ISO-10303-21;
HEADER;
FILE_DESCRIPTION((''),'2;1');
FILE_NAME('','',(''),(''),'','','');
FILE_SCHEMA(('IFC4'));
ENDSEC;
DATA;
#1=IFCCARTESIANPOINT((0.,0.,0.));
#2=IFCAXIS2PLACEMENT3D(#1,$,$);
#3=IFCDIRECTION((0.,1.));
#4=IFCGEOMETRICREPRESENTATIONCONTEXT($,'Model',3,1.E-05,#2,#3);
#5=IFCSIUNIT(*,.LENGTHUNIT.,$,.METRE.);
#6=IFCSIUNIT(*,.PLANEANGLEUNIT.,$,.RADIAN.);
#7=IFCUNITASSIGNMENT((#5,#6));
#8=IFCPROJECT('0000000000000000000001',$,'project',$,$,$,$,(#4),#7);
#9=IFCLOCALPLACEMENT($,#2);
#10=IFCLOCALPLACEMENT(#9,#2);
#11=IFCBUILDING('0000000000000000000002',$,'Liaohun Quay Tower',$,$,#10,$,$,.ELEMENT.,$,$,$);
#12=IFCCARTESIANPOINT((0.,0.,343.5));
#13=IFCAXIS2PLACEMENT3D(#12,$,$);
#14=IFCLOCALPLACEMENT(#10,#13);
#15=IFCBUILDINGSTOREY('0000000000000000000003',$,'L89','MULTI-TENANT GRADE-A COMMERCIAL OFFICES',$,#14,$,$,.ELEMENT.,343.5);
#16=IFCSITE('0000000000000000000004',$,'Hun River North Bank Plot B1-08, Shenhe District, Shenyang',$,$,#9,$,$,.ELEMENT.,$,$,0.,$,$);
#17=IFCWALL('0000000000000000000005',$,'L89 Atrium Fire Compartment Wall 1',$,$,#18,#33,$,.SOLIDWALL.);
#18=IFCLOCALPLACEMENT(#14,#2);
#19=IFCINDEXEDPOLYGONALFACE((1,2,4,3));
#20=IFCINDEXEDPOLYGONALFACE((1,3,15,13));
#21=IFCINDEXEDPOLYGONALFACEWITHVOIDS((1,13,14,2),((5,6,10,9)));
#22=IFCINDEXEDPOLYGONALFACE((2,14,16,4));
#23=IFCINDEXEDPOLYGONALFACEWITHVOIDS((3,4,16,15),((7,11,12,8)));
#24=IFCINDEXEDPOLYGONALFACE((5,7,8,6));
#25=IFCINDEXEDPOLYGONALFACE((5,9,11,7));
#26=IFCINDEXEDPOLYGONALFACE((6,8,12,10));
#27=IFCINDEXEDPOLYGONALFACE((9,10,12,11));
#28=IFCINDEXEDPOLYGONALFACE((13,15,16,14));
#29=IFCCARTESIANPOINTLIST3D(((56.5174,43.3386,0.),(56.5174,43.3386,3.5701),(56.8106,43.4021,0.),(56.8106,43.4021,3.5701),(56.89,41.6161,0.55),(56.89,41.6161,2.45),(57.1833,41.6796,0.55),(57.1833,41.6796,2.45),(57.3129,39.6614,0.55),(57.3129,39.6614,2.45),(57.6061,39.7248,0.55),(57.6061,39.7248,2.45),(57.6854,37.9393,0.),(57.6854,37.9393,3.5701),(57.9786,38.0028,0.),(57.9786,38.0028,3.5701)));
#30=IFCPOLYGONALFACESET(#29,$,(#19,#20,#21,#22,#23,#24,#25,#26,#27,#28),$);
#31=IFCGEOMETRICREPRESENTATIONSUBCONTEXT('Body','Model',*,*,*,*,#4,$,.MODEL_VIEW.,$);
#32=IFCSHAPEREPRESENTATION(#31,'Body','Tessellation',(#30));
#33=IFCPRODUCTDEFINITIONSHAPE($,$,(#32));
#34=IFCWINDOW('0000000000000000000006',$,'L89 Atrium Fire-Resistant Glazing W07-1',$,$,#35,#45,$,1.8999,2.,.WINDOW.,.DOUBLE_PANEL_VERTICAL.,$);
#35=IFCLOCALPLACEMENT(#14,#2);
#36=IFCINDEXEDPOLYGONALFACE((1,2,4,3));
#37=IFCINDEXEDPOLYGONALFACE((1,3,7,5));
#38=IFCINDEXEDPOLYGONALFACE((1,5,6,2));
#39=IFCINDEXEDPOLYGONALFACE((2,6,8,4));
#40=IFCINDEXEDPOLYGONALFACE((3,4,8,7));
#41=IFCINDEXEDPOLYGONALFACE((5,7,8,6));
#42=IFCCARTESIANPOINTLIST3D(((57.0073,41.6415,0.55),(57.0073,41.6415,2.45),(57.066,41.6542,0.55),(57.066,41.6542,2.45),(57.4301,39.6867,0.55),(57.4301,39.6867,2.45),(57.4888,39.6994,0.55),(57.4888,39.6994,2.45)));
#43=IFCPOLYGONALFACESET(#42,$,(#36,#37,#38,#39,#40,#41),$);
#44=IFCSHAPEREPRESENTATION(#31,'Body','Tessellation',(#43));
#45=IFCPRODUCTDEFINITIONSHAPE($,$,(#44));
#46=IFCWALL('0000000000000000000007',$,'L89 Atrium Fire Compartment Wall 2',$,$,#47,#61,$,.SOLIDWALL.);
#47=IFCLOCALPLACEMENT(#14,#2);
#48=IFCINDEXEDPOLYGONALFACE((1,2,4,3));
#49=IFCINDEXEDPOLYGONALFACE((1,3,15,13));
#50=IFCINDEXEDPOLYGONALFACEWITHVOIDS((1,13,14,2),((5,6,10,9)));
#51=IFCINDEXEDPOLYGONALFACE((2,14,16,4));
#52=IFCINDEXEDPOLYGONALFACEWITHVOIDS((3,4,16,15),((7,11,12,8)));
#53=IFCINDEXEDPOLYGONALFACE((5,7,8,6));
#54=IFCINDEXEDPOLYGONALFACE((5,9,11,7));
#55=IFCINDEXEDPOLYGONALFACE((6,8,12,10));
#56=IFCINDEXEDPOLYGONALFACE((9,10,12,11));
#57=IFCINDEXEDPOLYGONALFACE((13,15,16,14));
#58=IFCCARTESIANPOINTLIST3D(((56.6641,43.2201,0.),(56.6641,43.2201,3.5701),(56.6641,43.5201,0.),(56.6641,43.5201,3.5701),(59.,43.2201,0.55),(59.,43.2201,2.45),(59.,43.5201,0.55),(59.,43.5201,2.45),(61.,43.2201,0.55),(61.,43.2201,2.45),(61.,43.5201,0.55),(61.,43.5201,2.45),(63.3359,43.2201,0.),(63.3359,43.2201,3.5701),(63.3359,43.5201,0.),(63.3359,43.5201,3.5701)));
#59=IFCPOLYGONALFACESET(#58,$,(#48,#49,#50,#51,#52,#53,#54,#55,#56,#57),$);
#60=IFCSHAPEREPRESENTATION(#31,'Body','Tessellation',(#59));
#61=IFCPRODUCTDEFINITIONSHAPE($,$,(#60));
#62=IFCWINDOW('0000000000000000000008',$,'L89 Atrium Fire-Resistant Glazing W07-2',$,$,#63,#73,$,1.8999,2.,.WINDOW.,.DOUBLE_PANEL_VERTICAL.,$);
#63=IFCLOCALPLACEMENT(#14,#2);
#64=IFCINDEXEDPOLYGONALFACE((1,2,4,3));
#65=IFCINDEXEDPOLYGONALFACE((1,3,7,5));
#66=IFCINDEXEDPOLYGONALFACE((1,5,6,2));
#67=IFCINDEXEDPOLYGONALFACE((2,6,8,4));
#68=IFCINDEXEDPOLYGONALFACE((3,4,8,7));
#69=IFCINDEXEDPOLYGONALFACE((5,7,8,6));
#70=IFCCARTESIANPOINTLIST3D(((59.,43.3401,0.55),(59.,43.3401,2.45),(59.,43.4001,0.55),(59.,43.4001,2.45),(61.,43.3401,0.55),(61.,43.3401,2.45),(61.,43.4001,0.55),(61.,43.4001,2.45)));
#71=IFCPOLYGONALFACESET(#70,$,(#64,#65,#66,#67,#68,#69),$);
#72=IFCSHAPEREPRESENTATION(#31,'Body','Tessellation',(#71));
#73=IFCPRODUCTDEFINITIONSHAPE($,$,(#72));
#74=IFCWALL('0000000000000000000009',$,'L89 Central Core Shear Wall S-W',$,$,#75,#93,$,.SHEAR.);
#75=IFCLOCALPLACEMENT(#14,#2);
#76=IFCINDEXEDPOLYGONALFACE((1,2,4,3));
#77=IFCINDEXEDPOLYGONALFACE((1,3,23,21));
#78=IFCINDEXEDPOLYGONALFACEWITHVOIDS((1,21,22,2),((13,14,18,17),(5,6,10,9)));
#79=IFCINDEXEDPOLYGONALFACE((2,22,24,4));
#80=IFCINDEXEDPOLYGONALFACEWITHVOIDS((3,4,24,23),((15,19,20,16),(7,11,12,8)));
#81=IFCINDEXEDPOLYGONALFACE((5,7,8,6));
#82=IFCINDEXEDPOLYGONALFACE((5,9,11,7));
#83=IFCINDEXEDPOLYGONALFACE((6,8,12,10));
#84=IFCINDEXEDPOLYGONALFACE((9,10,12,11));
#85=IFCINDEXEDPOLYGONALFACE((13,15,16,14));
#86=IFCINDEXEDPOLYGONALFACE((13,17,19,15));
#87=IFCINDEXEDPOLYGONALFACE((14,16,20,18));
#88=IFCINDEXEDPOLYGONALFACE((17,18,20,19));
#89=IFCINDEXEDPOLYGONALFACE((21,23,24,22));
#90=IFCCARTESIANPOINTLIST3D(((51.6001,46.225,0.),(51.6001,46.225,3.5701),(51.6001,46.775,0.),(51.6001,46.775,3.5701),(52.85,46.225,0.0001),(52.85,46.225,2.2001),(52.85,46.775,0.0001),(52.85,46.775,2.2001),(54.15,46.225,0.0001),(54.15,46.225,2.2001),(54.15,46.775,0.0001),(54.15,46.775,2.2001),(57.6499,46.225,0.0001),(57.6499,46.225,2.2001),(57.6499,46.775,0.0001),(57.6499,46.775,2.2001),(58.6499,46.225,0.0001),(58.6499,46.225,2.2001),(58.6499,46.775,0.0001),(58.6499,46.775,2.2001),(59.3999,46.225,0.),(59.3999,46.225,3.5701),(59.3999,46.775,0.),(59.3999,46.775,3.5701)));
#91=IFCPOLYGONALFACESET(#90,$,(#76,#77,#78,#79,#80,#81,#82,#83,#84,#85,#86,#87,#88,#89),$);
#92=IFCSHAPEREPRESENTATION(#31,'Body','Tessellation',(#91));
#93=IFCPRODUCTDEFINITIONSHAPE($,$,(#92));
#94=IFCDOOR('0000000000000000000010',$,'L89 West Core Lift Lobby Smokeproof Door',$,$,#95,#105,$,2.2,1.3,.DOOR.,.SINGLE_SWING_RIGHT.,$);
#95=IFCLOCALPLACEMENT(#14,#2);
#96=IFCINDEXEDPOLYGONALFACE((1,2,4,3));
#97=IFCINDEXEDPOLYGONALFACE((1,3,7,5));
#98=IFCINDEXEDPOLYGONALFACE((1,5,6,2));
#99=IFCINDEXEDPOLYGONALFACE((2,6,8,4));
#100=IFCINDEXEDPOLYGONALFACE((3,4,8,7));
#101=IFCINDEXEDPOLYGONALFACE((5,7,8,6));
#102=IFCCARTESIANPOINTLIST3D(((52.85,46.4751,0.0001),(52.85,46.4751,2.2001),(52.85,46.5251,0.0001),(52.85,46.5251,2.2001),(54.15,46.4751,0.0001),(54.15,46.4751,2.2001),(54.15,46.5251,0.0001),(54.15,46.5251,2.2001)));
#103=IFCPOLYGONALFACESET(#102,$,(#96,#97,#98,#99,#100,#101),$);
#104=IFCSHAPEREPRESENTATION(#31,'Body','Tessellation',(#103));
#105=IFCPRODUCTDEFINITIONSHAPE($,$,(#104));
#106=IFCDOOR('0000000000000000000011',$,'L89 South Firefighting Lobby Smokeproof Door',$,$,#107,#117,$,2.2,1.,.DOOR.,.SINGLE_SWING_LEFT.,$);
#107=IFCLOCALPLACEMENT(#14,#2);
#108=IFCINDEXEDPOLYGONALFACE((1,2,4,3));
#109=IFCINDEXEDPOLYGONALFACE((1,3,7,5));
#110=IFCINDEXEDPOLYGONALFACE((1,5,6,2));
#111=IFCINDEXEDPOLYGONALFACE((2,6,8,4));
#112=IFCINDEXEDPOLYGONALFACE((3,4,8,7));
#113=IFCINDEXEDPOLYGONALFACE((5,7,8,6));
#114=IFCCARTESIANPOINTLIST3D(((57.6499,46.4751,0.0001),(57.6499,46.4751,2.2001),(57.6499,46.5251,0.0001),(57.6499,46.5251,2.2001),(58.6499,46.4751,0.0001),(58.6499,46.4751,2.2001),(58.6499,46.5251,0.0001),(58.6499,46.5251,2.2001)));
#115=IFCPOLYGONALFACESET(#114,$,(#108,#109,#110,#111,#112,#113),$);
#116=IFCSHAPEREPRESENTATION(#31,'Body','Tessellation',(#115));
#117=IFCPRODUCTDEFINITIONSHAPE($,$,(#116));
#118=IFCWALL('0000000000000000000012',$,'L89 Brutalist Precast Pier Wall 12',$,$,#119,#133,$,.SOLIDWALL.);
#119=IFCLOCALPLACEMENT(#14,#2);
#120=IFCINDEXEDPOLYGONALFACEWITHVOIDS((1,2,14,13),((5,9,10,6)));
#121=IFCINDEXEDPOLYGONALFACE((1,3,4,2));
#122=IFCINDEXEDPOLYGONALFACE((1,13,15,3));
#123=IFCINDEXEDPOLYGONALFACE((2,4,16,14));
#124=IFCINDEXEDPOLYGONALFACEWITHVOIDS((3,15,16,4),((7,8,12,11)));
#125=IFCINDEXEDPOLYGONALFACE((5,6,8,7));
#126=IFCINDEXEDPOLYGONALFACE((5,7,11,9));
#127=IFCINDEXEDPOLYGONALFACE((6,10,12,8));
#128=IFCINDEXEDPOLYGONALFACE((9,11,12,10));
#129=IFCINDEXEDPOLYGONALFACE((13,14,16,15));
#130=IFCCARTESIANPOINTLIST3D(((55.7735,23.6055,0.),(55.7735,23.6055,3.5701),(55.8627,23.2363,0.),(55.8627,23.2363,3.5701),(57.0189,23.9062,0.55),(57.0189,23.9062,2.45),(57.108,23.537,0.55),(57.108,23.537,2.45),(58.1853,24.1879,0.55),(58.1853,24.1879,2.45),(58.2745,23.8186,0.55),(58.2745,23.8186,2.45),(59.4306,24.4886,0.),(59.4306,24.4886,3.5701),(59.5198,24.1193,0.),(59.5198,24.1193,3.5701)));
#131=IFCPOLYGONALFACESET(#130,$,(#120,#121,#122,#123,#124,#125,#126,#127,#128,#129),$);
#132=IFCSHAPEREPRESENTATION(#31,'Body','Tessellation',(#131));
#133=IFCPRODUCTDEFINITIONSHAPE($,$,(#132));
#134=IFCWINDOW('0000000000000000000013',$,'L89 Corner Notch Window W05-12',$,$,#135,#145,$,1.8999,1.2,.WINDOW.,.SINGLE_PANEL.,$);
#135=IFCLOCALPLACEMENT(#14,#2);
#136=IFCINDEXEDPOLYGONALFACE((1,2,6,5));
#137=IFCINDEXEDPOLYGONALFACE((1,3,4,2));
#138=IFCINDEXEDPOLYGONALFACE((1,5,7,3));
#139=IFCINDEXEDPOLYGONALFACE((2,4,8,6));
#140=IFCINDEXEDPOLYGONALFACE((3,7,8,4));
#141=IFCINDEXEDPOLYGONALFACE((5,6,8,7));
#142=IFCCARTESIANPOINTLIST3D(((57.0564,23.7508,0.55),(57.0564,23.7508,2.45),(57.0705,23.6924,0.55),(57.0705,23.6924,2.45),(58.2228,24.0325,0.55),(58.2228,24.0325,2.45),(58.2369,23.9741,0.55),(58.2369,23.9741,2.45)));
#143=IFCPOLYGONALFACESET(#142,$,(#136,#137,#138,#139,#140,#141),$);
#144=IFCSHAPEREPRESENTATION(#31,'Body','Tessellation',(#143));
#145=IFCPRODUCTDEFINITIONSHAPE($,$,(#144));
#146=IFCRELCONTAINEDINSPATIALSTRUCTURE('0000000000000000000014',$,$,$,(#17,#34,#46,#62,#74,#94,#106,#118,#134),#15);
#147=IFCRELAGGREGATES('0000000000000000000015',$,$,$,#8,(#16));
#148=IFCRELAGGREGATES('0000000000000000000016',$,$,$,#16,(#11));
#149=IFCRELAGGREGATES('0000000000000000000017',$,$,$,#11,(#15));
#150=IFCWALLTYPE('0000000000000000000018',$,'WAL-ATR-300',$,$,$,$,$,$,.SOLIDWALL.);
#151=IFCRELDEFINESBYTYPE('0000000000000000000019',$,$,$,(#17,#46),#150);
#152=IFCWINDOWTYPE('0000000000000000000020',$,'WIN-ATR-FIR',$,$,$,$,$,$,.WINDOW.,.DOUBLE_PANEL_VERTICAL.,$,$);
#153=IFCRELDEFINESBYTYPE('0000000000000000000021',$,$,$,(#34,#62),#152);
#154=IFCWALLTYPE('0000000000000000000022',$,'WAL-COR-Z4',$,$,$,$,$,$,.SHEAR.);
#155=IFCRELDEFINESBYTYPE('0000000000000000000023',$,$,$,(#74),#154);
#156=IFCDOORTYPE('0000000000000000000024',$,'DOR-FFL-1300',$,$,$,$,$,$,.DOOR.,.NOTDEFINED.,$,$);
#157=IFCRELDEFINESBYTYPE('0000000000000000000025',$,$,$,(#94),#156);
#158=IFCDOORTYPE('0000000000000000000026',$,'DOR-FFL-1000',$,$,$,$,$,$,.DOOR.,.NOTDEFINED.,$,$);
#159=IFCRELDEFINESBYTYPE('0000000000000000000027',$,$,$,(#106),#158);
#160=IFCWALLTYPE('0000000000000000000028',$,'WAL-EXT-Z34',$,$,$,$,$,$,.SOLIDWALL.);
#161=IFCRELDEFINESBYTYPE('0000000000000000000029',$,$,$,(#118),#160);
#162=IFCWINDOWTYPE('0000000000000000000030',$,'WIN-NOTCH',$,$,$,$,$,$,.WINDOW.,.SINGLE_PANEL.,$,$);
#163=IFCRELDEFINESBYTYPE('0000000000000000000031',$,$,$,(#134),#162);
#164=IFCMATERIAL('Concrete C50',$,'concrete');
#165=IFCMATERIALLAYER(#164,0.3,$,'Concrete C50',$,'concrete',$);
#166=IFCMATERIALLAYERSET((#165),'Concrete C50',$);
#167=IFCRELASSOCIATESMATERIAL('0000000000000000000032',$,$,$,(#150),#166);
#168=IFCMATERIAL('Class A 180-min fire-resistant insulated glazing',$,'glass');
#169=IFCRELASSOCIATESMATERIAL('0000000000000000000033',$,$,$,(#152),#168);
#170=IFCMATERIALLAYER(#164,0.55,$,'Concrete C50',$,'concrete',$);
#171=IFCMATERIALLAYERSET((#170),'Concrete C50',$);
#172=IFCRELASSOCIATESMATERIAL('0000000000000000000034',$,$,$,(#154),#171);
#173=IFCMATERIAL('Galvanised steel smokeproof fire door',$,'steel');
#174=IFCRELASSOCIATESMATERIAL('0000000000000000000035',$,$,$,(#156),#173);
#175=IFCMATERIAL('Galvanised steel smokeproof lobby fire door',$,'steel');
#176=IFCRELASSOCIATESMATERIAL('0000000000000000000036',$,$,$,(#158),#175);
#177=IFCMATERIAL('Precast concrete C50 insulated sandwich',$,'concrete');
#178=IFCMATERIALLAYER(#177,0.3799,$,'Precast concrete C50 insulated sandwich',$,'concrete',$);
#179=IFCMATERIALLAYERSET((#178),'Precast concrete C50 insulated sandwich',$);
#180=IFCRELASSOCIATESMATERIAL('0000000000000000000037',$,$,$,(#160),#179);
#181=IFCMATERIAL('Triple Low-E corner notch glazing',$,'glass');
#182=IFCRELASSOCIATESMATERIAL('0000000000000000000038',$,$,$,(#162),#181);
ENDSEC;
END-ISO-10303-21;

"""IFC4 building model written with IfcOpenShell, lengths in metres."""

from ifc_helpers import new_model, si_unit, direction, frame, frame_2d, origin, place, context, subcontext, project, spatial, rectangle, extrude, source, transform, mapped, material, layer, layer_set, type_object, element, fill, save


model = new_model("IFC4")

# Units and contexts
model_context = context("Model", 3, precision=1e-05, world=origin(), true_north=direction((0.0, 1.0)))
body_context = subcontext(model_context, "Body", "Model", "MODEL_VIEW")
ifc_project = project(units=[si_unit("LENGTHUNIT", "METRE"), si_unit("PLANEANGLEUNIT", "RADIAN")], contexts=[model_context])

# Site, building, storey
site_placement = place(None, origin())
site = spatial("IfcSite", under=ifc_project, at=site_placement, Name="Hun River North Bank Plot B1-08, Shenhe District, Shenyang", CompositionType="ELEMENT", RefElevation=0.0)
building_placement = place(site_placement, origin())
building = spatial("IfcBuilding", under=site, at=building_placement, Name="Liaohun Quay Tower", CompositionType="ELEMENT")
storey_placement = place(building_placement, frame((0.0, 0.0, 343.5)))
storey = spatial("IfcBuildingStorey", under=building, at=storey_placement, Name="L89", Description="MULTI-TENANT GRADE-A COMMERCIAL OFFICES", CompositionType="ELEMENT", Elevation=343.5)

# Shared definitions
ifc_material_1 = material(Name="Concrete C50", Category="concrete")

# Walls, openings, windows
ifc_layer_1 = layer(ifc_material_1, 0.3, Name="Concrete C50", Category="concrete")
ifc_layer_set_1 = layer_set([ifc_layer_1], Name="Concrete C50")
wall_type_1 = type_object("IfcWallType", Name="WAL-ATR-300", PredefinedType="SOLIDWALL", material=ifc_layer_set_1)
wall_1_placement = place(storey_placement, frame((57.832, 37.9709, 0.0), z_axis=(0.0, 0.0, 1.0), x_axis=(-0.211433, 0.977392, 0.0)))
wall_1 = element("IfcWall", 1, at=wall_1_placement, inside=storey, type_object=wall_type_1, Name="L89 Atrium Fire Compartment Wall 1", PredefinedType="SOLIDWALL", context=body_context, shape_type="SweptSolid", body=[
    extrude(rectangle(XDim=5.5242, YDim=0.3, at=frame_2d((2.7622, 0.0))), origin(), (0.0, 0.0, 1.0), 3.5701),
])
shared_shape_1 = source(origin(), body_context, "Body", "SweptSolid", [
    extrude(rectangle(XDim=2.0, YDim=1.8999, at=frame_2d((1.0, 0.95))), frame((0.0, 0.1599, 0.0), z_axis=(0.0, -1.0, 0.0), x_axis=(1.0, 0.0, 0.0)), (0.0, 0.0, 1.0), 0.3201),
])
opening_1_placement = place(wall_1_placement, frame((1.762, 0.0, 0.55)))
opening_1 = element("IfcOpeningElement", 2, at=opening_1_placement, cuts=wall_1, PredefinedType="OPENING", context=body_context, shape_type="MappedRepresentation", body=[
    mapped(shared_shape_1, transform((0.0, 0.0, 0.0), x_axis=(1.0, 0.0, 0.0), y_axis=(0.0, 1.0, 0.0), z_axis=(0.0, 0.0, 1.0), scale=1.0)),
])
ifc_material_2 = material(Name="Class A 180-min fire-resistant insulated glazing", Category="glass")
window_type_1 = type_object("IfcWindowType", Name="WIN-ATR-FIR", PartitioningType="DOUBLE_PANEL_VERTICAL", PredefinedType="WINDOW", material=ifc_material_2)
shared_shape_2 = source(origin(), body_context, "Body", "SweptSolid", [
    extrude(rectangle(XDim=2.0, YDim=1.8999, at=frame_2d((1.0, 0.95))), frame((0.0, 0.03, 0.0), z_axis=(0.0, -1.0, 0.0), x_axis=(1.0, 0.0, 0.0)), (0.0, 0.0, 1.0), 0.0601),
])
window_1_placement = place(opening_1_placement, origin())
window_1 = element("IfcWindow", 3, at=window_1_placement, inside=storey, type_object=window_type_1, Name="L89 Atrium Fire-Resistant Glazing W07-1", OverallHeight=1.8999, OverallWidth=2.0, PartitioningType="DOUBLE_PANEL_VERTICAL", PredefinedType="WINDOW", context=body_context, shape_type="MappedRepresentation", body=[
    mapped(shared_shape_2, transform((0.0, 0.0, 0.0), x_axis=(1.0, 0.0, 0.0), y_axis=(0.0, 1.0, 0.0), z_axis=(0.0, 0.0, 1.0), scale=1.0)),
])
fill(opening_1, window_1)
wall_2_placement = place(storey_placement, frame((56.6641, 43.3701, 0.0), z_axis=(0.0, 0.0, 1.0), x_axis=(1.0, 0.0, 0.0)))
wall_2 = element("IfcWall", 4, at=wall_2_placement, inside=storey, type_object=wall_type_1, Name="L89 Atrium Fire Compartment Wall 2", PredefinedType="SOLIDWALL", context=body_context, shape_type="SweptSolid", body=[
    extrude(rectangle(XDim=6.6719, YDim=0.3, at=frame_2d((3.3359, 0.0))), origin(), (0.0, 0.0, 1.0), 3.5701),
])
opening_2_placement = place(wall_2_placement, frame((2.3359, 0.0, 0.55)))
opening_2 = element("IfcOpeningElement", 5, at=opening_2_placement, cuts=wall_2, PredefinedType="OPENING", context=body_context, shape_type="MappedRepresentation", body=[
    mapped(shared_shape_1, transform((0.0, 0.0, 0.0), x_axis=(1.0, 0.0, 0.0), y_axis=(0.0, 1.0, 0.0), z_axis=(0.0, 0.0, 1.0), scale=1.0)),
])
window_2_placement = place(opening_2_placement, origin())
window_2 = element("IfcWindow", 6, at=window_2_placement, inside=storey, type_object=window_type_1, Name="L89 Atrium Fire-Resistant Glazing W07-2", OverallHeight=1.8999, OverallWidth=2.0, PartitioningType="DOUBLE_PANEL_VERTICAL", PredefinedType="WINDOW", context=body_context, shape_type="MappedRepresentation", body=[
    mapped(shared_shape_2, transform((0.0, 0.0, 0.0), x_axis=(1.0, 0.0, 0.0), y_axis=(0.0, 1.0, 0.0), z_axis=(0.0, 0.0, 1.0), scale=1.0)),
])
fill(opening_2, window_2)

# Wall, openings, doors
ifc_layer_2 = layer(ifc_material_1, 0.55, Name="Concrete C50", Category="concrete")
ifc_layer_set_2 = layer_set([ifc_layer_2], Name="Concrete C50")
wall_type_2 = type_object("IfcWallType", Name="WAL-COR-Z4", PredefinedType="SHEAR", material=ifc_layer_set_2)
wall_3_placement = place(storey_placement, frame((59.3999, 46.5, 0.0), z_axis=(0.0, 0.0, 1.0), x_axis=(-1.0, 0.0, 0.0)))
wall_3 = element("IfcWall", 7, at=wall_3_placement, inside=storey, type_object=wall_type_2, Name="L89 Central Core Shear Wall S-W", PredefinedType="SHEAR", context=body_context, shape_type="SweptSolid", body=[
    extrude(rectangle(XDim=7.7998, YDim=0.55, at=frame_2d((3.8999, 0.0))), origin(), (0.0, 0.0, 1.0), 3.5701),
])
shared_shape_3 = source(origin(), body_context, "Body", "SweptSolid", [
    extrude(rectangle(XDim=1.3, YDim=2.2, at=frame_2d((0.6499, 1.1001))), frame((0.0, 0.2849, 0.0), z_axis=(0.0, -1.0, 0.0), x_axis=(1.0, 0.0, 0.0)), (0.0, 0.0, 1.0), 0.5701),
])
opening_3_placement = place(wall_3_placement, frame((5.25, 0.0, 0.0)))
opening_3 = element("IfcOpeningElement", 8, at=opening_3_placement, cuts=wall_3, PredefinedType="OPENING", context=body_context, shape_type="MappedRepresentation", body=[
    mapped(shared_shape_3, transform((0.0, 0.0, 0.0), x_axis=(1.0, 0.0, 0.0), y_axis=(0.0, 1.0, 0.0), z_axis=(0.0, 0.0, 1.0), scale=1.0)),
])
shared_shape_4 = source(origin(), body_context, "Body", "SweptSolid", [
    extrude(rectangle(XDim=1.0, YDim=2.2, at=frame_2d((0.5, 1.1001))), frame((0.0, 0.2849, 0.0), z_axis=(0.0, -1.0, 0.0), x_axis=(1.0, 0.0, 0.0)), (0.0, 0.0, 1.0), 0.5701),
])
opening_4_placement = place(wall_3_placement, frame((0.75, 0.0, 0.0)))
opening_4 = element("IfcOpeningElement", 9, at=opening_4_placement, cuts=wall_3, PredefinedType="OPENING", context=body_context, shape_type="MappedRepresentation", body=[
    mapped(shared_shape_4, transform((0.0, 0.0, 0.0), x_axis=(1.0, 0.0, 0.0), y_axis=(0.0, 1.0, 0.0), z_axis=(0.0, 0.0, 1.0), scale=1.0)),
])
ifc_material_3 = material(Name="Galvanised steel smokeproof fire door", Category="steel")
door_type_1 = type_object("IfcDoorType", Name="DOR-FFL-1300", OperationType="NOTDEFINED", PredefinedType="DOOR", material=ifc_material_3)
shared_shape_5 = source(origin(), body_context, "Body", "SweptSolid", [
    extrude(rectangle(XDim=1.3, YDim=2.2, at=frame_2d((0.6499, 1.1001))), frame((0.0, 0.0249, 0.0), z_axis=(0.0, -1.0, 0.0), x_axis=(1.0, 0.0, 0.0)), (0.0, 0.0, 1.0), 0.05),
])
door_1_placement = place(opening_3_placement, origin())
door_1 = element("IfcDoor", 10, at=door_1_placement, inside=storey, type_object=door_type_1, Name="L89 West Core Lift Lobby Smokeproof Door", OperationType="SINGLE_SWING_RIGHT", OverallHeight=2.2, OverallWidth=1.3, PredefinedType="DOOR", context=body_context, shape_type="MappedRepresentation", body=[
    mapped(shared_shape_5, transform((0.0, 0.0, 0.0), x_axis=(1.0, 0.0, 0.0), y_axis=(0.0, 1.0, 0.0), z_axis=(0.0, 0.0, 1.0), scale=1.0)),
])
fill(opening_3, door_1)
ifc_material_4 = material(Name="Galvanised steel smokeproof lobby fire door", Category="steel")
door_type_2 = type_object("IfcDoorType", Name="DOR-FFL-1000", OperationType="NOTDEFINED", PredefinedType="DOOR", material=ifc_material_4)
shared_shape_6 = source(origin(), body_context, "Body", "SweptSolid", [
    extrude(rectangle(XDim=1.0, YDim=2.2, at=frame_2d((0.5, 1.1001))), frame((0.0, 0.0249, 0.0), z_axis=(0.0, -1.0, 0.0), x_axis=(1.0, 0.0, 0.0)), (0.0, 0.0, 1.0), 0.05),
])
door_2_placement = place(opening_4_placement, origin())
door_2 = element("IfcDoor", 11, at=door_2_placement, inside=storey, type_object=door_type_2, Name="L89 South Firefighting Lobby Smokeproof Door", OperationType="SINGLE_SWING_LEFT", OverallHeight=2.2, OverallWidth=1.0, PredefinedType="DOOR", context=body_context, shape_type="MappedRepresentation", body=[
    mapped(shared_shape_6, transform((0.0, 0.0, 0.0), x_axis=(1.0, 0.0, 0.0), y_axis=(0.0, 1.0, 0.0), z_axis=(0.0, 0.0, 1.0), scale=1.0)),
])
fill(opening_4, door_2)

# Wall, opening, window
ifc_material_5 = material(Name="Precast concrete C50 insulated sandwich", Category="concrete")
ifc_layer_3 = layer(ifc_material_5, 0.3799, Name="Precast concrete C50 insulated sandwich", Category="concrete")
ifc_layer_set_3 = layer_set([ifc_layer_3], Name="Precast concrete C50 insulated sandwich")
wall_type_3 = type_object("IfcWallType", Name="WAL-EXT-Z34", PredefinedType="SOLIDWALL", material=ifc_layer_set_3)
wall_4_placement = place(storey_placement, frame((55.8181, 23.4209, 0.0), z_axis=(0.0, 0.0, 1.0), x_axis=(0.972062, 0.234725, 0.0)))
wall_4 = element("IfcWall", 12, at=wall_4_placement, inside=storey, type_object=wall_type_3, Name="L89 Brutalist Precast Pier Wall 12", PredefinedType="SOLIDWALL", context=body_context, shape_type="SweptSolid", body=[
    extrude(rectangle(XDim=3.7622, YDim=0.3799, at=frame_2d((1.8811, 0.0))), origin(), (0.0, 0.0, 1.0), 3.5701),
])
shared_shape_7 = source(origin(), body_context, "Body", "SweptSolid", [
    extrude(rectangle(XDim=1.2, YDim=1.8999, at=frame_2d((0.6001, 0.95))), frame((0.0, 0.2, 0.0), z_axis=(0.0, -1.0, 0.0), x_axis=(1.0, 0.0, 0.0)), (0.0, 0.0, 1.0), 0.3999),
])
opening_5_placement = place(wall_4_placement, frame((1.281, 0.0, 0.55)))
opening_5 = element("IfcOpeningElement", 13, at=opening_5_placement, cuts=wall_4, PredefinedType="OPENING", context=body_context, shape_type="MappedRepresentation", body=[
    mapped(shared_shape_7, transform((0.0, 0.0, 0.0), x_axis=(1.0, 0.0, 0.0), y_axis=(0.0, 1.0, 0.0), z_axis=(0.0, 0.0, 1.0), scale=1.0)),
])
ifc_material_6 = material(Name="Triple Low-E corner notch glazing", Category="glass")
window_type_2 = type_object("IfcWindowType", Name="WIN-NOTCH", PartitioningType="SINGLE_PANEL", PredefinedType="WINDOW", material=ifc_material_6)
shared_shape_8 = source(origin(), body_context, "Body", "SweptSolid", [
    extrude(rectangle(XDim=1.2, YDim=1.8999, at=frame_2d((0.6001, 0.95))), frame((0.0, 0.03, 0.0), z_axis=(0.0, -1.0, 0.0), x_axis=(1.0, 0.0, 0.0)), (0.0, 0.0, 1.0), 0.0601),
])
window_3_placement = place(opening_5_placement, origin())
window_3 = element("IfcWindow", 14, at=window_3_placement, inside=storey, type_object=window_type_2, Name="L89 Corner Notch Window W05-12", OverallHeight=1.8999, OverallWidth=1.2, PartitioningType="SINGLE_PANEL", PredefinedType="WINDOW", context=body_context, shape_type="MappedRepresentation", body=[
    mapped(shared_shape_8, transform((0.0, 0.0, 0.0), x_axis=(1.0, 0.0, 0.0), y_axis=(0.0, 1.0, 0.0), z_axis=(0.0, 0.0, 1.0), scale=1.0)),
])
fill(opening_5, window_3)

save(model, "model.ifc")
